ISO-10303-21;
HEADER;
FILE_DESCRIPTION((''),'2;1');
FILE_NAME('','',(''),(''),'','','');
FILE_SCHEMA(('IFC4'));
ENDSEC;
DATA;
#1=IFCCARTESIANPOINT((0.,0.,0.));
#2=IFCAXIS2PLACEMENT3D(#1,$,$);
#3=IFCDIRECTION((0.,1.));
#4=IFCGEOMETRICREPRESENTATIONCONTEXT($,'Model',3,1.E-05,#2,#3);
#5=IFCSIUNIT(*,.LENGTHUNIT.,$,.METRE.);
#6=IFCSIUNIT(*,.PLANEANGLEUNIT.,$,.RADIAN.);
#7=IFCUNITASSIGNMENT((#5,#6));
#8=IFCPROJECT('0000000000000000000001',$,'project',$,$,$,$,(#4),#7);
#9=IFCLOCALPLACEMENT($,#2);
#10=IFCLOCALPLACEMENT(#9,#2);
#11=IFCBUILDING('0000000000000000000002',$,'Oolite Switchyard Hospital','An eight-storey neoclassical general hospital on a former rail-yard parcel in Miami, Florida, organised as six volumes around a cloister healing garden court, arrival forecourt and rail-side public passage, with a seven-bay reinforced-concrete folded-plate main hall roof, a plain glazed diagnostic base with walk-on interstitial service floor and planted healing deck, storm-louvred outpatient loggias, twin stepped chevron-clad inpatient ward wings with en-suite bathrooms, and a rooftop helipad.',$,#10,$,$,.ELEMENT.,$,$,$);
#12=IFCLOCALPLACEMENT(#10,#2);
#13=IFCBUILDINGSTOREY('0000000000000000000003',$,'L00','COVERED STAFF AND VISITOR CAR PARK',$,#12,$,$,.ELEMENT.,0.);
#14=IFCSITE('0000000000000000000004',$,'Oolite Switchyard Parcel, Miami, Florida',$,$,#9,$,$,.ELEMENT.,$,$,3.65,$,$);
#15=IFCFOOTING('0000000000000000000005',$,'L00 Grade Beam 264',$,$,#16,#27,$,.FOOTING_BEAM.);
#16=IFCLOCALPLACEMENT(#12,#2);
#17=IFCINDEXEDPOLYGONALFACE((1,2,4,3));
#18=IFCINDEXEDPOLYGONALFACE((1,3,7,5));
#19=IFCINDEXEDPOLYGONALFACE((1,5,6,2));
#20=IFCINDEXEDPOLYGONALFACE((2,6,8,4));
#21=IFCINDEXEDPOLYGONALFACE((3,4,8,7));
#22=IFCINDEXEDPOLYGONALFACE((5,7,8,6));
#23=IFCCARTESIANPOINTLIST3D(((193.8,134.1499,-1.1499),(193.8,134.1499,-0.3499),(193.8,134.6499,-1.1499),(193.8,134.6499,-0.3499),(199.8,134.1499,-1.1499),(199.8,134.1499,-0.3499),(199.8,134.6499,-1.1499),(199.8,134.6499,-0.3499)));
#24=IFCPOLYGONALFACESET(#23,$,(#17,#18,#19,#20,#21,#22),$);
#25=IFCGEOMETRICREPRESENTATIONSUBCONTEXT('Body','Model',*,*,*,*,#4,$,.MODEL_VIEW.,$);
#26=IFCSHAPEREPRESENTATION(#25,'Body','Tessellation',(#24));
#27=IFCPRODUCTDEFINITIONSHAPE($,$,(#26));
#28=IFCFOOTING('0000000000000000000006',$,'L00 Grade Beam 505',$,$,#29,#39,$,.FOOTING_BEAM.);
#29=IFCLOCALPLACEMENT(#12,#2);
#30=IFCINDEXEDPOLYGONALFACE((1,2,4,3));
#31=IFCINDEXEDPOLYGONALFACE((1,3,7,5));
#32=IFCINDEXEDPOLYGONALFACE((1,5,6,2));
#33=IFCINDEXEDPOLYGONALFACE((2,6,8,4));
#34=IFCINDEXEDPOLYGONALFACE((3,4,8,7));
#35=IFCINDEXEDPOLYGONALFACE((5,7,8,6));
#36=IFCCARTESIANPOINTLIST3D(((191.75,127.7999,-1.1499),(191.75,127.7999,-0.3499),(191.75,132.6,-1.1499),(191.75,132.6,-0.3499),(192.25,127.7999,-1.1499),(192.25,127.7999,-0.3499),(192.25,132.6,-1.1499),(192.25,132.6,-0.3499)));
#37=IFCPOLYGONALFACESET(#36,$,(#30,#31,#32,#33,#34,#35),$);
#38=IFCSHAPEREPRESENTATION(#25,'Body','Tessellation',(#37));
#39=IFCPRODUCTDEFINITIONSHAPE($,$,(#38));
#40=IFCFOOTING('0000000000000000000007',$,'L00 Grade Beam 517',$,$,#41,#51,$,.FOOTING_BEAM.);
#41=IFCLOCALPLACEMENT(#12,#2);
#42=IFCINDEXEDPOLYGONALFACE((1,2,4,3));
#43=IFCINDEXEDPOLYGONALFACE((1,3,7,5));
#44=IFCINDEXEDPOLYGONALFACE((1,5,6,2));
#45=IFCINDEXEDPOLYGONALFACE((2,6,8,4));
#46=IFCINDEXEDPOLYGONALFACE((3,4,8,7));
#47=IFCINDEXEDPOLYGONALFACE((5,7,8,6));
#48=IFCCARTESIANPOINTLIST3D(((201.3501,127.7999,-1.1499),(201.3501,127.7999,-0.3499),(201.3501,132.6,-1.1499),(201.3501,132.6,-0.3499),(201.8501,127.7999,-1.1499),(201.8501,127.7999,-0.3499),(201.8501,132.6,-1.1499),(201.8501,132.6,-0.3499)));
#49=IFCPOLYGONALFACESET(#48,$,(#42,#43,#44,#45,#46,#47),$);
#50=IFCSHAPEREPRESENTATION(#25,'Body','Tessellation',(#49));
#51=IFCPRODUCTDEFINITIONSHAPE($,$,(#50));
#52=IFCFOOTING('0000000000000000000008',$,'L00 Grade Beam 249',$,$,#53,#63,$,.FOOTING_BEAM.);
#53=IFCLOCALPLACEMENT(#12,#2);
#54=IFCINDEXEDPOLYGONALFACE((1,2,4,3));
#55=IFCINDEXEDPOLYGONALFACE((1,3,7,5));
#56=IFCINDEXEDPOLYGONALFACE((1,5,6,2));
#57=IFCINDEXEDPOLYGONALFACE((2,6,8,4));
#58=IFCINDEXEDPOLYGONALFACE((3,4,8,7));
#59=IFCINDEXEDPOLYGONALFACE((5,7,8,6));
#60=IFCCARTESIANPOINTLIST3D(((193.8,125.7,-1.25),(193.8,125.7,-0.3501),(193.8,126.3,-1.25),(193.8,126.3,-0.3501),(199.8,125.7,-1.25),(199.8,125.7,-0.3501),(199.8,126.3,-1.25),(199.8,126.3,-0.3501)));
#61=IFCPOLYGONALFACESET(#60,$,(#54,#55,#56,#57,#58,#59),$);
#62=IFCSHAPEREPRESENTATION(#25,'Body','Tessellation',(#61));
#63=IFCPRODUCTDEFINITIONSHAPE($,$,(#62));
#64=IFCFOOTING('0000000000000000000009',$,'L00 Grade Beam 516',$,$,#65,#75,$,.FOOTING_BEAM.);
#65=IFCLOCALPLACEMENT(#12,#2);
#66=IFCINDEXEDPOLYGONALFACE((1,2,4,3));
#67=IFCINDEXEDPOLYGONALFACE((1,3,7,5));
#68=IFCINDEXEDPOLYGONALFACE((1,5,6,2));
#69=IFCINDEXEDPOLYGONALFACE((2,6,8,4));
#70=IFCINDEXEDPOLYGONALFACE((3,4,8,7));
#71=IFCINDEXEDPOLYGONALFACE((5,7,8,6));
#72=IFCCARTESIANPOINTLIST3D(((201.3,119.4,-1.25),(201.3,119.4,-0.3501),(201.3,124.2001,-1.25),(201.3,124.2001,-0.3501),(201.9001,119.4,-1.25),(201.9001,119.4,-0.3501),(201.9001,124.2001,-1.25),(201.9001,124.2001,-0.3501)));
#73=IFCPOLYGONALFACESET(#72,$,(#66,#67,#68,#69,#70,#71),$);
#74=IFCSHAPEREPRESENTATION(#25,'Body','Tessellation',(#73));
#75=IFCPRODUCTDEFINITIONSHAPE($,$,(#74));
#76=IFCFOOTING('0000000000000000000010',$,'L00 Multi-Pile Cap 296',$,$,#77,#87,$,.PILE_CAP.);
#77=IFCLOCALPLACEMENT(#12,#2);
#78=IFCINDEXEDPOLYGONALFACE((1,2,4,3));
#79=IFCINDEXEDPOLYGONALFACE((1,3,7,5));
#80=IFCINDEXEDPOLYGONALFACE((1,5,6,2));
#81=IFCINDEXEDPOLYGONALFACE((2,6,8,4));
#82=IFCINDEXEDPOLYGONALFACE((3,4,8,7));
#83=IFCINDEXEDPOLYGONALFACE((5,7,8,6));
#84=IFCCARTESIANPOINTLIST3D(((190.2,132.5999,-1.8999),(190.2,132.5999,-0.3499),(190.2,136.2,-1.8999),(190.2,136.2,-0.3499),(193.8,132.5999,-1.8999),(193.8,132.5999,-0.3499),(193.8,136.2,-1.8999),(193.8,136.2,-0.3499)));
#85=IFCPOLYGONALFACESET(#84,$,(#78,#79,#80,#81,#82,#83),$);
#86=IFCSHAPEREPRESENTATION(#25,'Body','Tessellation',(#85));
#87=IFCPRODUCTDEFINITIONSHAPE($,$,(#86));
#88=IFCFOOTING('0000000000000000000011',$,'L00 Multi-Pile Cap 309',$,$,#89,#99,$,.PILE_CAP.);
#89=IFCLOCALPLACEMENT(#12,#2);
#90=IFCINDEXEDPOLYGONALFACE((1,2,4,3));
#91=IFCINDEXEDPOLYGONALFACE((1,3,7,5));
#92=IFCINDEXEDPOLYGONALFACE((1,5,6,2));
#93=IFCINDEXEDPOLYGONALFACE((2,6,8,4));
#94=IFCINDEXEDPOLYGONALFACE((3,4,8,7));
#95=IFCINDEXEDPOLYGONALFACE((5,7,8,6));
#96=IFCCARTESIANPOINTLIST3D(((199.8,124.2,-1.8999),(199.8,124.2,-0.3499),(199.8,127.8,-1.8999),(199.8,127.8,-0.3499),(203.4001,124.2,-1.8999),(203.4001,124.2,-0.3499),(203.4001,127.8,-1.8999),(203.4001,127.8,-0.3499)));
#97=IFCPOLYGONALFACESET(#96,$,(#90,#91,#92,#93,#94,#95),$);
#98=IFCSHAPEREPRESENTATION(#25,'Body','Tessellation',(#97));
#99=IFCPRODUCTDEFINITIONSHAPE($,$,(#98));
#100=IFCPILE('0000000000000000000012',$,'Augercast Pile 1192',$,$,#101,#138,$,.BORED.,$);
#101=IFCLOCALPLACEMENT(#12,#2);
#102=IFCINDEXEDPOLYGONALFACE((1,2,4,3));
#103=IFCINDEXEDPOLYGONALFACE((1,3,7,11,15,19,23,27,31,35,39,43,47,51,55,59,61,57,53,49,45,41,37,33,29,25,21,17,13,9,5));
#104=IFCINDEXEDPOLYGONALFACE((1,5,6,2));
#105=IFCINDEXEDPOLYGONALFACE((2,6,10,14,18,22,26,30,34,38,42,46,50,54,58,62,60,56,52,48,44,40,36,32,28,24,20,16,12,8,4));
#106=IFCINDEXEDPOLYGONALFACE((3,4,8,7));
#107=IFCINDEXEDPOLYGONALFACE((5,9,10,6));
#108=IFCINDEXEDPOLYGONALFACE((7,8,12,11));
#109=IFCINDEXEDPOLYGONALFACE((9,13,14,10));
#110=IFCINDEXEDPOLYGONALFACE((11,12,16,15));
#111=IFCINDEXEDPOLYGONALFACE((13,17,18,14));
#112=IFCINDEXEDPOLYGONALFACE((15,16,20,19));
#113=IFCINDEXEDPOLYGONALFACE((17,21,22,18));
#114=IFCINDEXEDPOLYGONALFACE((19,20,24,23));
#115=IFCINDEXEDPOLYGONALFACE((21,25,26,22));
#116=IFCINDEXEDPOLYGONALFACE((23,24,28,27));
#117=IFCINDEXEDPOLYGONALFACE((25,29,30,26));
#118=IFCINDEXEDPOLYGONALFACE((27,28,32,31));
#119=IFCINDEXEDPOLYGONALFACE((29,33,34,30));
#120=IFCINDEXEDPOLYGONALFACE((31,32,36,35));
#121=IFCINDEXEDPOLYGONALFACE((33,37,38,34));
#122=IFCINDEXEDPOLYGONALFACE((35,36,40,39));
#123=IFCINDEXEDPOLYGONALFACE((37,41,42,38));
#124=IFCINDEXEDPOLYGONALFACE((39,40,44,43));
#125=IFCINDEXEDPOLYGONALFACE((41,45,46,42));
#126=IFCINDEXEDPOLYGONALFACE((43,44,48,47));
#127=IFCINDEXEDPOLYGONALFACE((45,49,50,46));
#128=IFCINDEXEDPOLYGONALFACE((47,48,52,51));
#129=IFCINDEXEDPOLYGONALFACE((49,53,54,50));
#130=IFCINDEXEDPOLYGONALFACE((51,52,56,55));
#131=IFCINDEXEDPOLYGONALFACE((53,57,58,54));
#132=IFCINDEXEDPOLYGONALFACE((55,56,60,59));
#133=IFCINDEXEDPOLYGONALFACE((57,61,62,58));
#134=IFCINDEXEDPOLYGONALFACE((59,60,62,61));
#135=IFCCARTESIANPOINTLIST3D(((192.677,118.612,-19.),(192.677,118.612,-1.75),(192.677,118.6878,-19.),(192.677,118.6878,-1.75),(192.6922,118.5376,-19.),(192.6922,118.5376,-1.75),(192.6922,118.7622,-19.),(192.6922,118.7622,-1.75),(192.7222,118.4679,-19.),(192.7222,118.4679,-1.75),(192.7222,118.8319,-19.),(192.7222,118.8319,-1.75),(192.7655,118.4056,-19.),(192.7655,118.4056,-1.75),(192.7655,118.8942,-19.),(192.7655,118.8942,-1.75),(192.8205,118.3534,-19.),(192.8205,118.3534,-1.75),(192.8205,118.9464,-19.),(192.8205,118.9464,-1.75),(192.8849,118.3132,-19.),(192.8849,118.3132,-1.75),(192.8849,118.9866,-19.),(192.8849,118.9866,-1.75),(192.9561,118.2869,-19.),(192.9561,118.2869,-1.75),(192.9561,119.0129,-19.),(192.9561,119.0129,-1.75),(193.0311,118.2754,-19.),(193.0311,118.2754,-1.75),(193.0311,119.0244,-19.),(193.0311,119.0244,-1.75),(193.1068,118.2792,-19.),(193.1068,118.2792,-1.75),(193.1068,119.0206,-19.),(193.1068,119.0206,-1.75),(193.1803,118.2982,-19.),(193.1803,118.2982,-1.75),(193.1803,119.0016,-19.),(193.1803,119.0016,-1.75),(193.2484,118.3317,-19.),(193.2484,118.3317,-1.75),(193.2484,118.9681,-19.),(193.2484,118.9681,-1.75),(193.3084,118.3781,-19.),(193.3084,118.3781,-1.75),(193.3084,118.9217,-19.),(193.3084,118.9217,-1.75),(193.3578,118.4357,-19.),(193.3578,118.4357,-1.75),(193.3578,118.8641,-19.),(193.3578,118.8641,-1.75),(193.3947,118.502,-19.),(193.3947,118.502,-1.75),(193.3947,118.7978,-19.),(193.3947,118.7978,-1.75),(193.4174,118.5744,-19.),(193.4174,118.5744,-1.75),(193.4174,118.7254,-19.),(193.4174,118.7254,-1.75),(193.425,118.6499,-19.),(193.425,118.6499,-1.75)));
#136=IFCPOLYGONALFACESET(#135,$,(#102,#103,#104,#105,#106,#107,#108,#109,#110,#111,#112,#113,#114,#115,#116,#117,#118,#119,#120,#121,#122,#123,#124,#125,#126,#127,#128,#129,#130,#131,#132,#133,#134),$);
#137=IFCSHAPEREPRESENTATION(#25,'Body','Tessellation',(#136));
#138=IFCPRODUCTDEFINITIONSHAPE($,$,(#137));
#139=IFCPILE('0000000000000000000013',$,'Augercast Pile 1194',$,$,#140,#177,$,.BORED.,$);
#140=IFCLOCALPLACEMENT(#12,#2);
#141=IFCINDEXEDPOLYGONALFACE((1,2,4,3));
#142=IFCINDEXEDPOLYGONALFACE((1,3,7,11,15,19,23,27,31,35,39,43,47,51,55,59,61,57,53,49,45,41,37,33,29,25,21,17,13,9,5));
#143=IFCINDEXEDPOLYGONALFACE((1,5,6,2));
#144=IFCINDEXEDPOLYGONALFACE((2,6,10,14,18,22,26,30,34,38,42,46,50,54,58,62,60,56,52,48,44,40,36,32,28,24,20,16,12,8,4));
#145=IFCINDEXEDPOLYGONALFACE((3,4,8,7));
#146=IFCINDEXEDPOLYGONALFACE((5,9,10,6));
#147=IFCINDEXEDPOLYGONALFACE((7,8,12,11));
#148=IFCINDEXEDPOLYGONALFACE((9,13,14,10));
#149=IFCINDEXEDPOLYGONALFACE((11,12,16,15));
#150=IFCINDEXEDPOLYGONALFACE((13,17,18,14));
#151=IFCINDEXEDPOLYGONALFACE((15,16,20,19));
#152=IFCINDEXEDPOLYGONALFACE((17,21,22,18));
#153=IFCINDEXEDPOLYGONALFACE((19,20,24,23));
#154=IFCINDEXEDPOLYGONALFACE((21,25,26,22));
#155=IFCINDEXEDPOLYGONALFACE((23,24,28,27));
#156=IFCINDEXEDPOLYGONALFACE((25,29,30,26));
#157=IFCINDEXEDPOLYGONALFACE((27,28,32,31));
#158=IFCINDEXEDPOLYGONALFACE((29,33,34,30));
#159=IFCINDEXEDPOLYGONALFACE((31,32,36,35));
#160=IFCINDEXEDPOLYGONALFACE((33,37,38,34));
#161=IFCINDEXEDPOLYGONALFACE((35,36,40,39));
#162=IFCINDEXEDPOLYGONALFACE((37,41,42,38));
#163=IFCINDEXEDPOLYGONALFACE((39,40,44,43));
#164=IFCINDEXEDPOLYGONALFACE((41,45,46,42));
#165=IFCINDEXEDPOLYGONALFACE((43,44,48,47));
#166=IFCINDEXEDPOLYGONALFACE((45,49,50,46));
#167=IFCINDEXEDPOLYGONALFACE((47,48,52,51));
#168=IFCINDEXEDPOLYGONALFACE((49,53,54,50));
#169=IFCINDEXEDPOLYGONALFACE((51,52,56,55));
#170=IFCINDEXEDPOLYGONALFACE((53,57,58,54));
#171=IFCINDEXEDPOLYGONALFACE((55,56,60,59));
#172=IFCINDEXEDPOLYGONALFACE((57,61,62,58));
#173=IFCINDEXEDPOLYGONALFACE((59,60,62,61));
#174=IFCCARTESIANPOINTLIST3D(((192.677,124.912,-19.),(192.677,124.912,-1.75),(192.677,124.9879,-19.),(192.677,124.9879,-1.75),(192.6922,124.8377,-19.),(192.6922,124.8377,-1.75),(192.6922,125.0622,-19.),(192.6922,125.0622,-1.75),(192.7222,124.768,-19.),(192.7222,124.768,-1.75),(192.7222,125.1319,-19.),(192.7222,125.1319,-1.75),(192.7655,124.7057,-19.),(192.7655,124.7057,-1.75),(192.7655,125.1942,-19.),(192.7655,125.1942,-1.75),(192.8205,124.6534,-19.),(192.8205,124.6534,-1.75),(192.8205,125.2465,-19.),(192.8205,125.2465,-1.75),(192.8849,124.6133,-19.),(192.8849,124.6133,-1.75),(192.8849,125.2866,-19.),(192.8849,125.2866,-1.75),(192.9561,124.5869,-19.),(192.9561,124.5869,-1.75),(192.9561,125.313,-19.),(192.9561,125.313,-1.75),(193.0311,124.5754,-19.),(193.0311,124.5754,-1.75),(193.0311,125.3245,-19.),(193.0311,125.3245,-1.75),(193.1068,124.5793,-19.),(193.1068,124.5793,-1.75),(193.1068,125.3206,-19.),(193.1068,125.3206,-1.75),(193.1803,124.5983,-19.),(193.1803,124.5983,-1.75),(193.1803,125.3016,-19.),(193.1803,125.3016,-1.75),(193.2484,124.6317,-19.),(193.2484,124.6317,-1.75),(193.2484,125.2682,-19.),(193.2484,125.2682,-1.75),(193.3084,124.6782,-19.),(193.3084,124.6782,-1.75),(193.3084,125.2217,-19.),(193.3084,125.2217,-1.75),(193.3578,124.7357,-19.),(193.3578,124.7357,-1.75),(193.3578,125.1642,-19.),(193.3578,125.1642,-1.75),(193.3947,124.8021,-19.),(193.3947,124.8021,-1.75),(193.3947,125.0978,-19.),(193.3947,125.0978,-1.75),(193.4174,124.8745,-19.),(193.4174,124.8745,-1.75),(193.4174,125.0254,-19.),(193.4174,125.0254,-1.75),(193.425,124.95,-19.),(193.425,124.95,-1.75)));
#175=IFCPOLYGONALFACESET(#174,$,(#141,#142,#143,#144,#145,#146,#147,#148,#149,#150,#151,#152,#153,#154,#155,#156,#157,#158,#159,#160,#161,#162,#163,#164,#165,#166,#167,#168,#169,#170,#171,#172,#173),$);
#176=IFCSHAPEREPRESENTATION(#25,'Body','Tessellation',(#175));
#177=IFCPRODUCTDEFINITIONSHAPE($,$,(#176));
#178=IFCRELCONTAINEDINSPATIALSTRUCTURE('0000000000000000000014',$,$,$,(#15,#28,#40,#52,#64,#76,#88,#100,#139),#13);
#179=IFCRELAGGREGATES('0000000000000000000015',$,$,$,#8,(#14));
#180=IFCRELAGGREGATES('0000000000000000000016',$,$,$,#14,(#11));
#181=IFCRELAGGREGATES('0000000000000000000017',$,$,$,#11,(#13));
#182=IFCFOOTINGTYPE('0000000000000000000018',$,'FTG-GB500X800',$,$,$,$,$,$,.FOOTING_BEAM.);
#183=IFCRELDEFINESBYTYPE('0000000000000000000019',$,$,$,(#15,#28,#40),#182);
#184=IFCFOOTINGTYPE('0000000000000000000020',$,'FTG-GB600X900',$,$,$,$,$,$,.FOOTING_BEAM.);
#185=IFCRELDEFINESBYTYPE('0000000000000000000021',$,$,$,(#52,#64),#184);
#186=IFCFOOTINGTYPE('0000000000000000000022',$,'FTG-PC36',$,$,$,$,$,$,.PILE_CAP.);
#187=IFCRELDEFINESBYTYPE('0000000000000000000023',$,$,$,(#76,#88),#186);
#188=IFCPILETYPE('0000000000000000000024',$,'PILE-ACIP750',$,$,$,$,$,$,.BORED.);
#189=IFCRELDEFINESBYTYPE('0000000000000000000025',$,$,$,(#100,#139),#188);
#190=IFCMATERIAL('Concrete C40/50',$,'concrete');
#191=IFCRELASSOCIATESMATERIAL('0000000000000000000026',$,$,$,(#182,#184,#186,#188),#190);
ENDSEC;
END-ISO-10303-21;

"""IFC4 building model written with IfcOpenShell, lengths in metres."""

from ifc_helpers import new_model, si_unit, direction, frame, origin, origin_2d, place, context, subcontext, project, spatial, rectangle, circle, extrude, material, material_profile, profile_set, type_object, element, save


model = new_model("IFC4")

# Units and contexts
model_context = context("Model", 3, precision=1e-05, world=origin(), true_north=direction((0.0, 1.0)))
body_context = subcontext(model_context, "Body", "Model", "MODEL_VIEW")
ifc_project = project(units=[si_unit("LENGTHUNIT", "METRE"), si_unit("PLANEANGLEUNIT", "RADIAN")], contexts=[model_context])

# Site, building, storey
site_placement = place(None, origin())
site = spatial("IfcSite", under=ifc_project, at=site_placement, Name="Oolite Switchyard Parcel, Miami, Florida", CompositionType="ELEMENT", RefElevation=3.65)
building_placement = place(site_placement, origin())
building = spatial("IfcBuilding", under=site, at=building_placement, Name="Oolite Switchyard Hospital", Description="An eight-storey neoclassical general hospital on a former rail-yard parcel in Miami, Florida, organised as six volumes around a cloister healing garden court, arrival forecourt and rail-side public passage, with a seven-bay reinforced-concrete folded-plate main hall roof, a plain glazed diagnostic base with walk-on interstitial service floor and planted healing deck, storm-louvred outpatient loggias, twin stepped chevron-clad inpatient ward wings with en-suite bathrooms, and a rooftop helipad.", CompositionType="ELEMENT")
storey_placement = place(building_placement, origin())
storey = spatial("IfcBuildingStorey", under=building, at=storey_placement, Name="L00", Description="COVERED STAFF AND VISITOR CAR PARK", CompositionType="ELEMENT", Elevation=0.0)

# Footings
ifc_material_1 = material(Name="Concrete C40/50", Category="concrete")
footing_type_1 = type_object("IfcFootingType", Name="FTG-GB500X800", PredefinedType="FOOTING_BEAM", material=ifc_material_1)
footing_1_placement = place(storey_placement, frame((196.8, 134.3999, -1.1499), z_axis=(0.0, 0.0, 1.0), x_axis=(1.0, 0.0, 0.0)))
element("IfcFooting", 1, at=footing_1_placement, inside=storey, type_object=footing_type_1, Name="L00 Grade Beam 264", PredefinedType="FOOTING_BEAM", context=body_context, shape_type="SweptSolid", body=[
    extrude(rectangle(XDim=6.0, YDim=0.5, at=origin_2d()), origin(), (0.0, 0.0, 1.0), 0.8),
])
for number, where, z_axis, x_axis, name in (
    (2, (192.0, 130.2, -1.1499), (0.0, 0.0, 1.0), (0.0, 1.0, 0.0), "L00 Grade Beam 505"),
    (3, (201.6001, 130.2, -1.1499), (0.0, 0.0, 1.0), (0.0, 1.0, 0.0), "L00 Grade Beam 517"),
):
    element("IfcFooting", number, at=place(storey_placement, frame(where, z_axis=z_axis, x_axis=x_axis)), inside=storey, type_object=footing_type_1, Name=name, PredefinedType="FOOTING_BEAM", context=body_context, shape_type="SweptSolid", body=[
        extrude(rectangle(XDim=4.8, YDim=0.5, at=origin_2d()), origin(), (0.0, 0.0, 1.0), 0.8),
    ])
footing_type_2 = type_object("IfcFootingType", Name="FTG-GB600X900", PredefinedType="FOOTING_BEAM", material=ifc_material_1)
footing_2_placement = place(storey_placement, frame((196.8, 126.0, -1.25), z_axis=(0.0, 0.0, 1.0), x_axis=(1.0, 0.0, 0.0)))
element("IfcFooting", 4, at=footing_2_placement, inside=storey, type_object=footing_type_2, Name="L00 Grade Beam 249", PredefinedType="FOOTING_BEAM", context=body_context, shape_type="SweptSolid", body=[
    extrude(rectangle(XDim=6.0, YDim=0.6001, at=origin_2d()), origin(), (0.0, 0.0, 1.0), 0.8999),
])
footing_3_placement = place(storey_placement, frame((201.6001, 121.8, -1.25), z_axis=(0.0, 0.0, 1.0), x_axis=(0.0, 1.0, 0.0)))
element("IfcFooting", 5, at=footing_3_placement, inside=storey, type_object=footing_type_2, Name="L00 Grade Beam 516", PredefinedType="FOOTING_BEAM", context=body_context, shape_type="SweptSolid", body=[
    extrude(rectangle(XDim=4.8, YDim=0.6001, at=origin_2d()), origin(), (0.0, 0.0, 1.0), 0.8999),
])
footing_type_3 = type_object("IfcFootingType", Name="FTG-PC36", PredefinedType="PILE_CAP", material=ifc_material_1)
for number, where, z_axis, x_axis, name in (
    (6, (192.0, 134.3999, -1.8999), (0.0, 0.0, 1.0), (1.0, 0.0, 0.0), "L00 Multi-Pile Cap 296"),
    (7, (201.6001, 126.0, -1.8999), (0.0, 0.0, 1.0), (1.0, 0.0, 0.0), "L00 Multi-Pile Cap 309"),
):
    element("IfcFooting", number, at=place(storey_placement, frame(where, z_axis=z_axis, x_axis=x_axis)), inside=storey, type_object=footing_type_3, Name=name, PredefinedType="PILE_CAP", context=body_context, shape_type="SweptSolid", body=[
        extrude(rectangle(XDim=3.6001, YDim=3.6001, at=origin_2d()), origin(), (0.0, 0.0, 1.0), 1.55),
    ])

# Piles
ifc_material_profile_1 = material_profile(ifc_material_1, circle(Radius=0.375, at=origin_2d()), Name="PILE750")
ifc_profile_set_1 = profile_set([ifc_material_profile_1], Name="Concrete C40/50")
pile_type = type_object("IfcPileType", Name="PILE-ACIP750", PredefinedType="BORED", material=ifc_profile_set_1)
for number, where, z_axis, x_axis, name in (
    (8, (193.05, 118.6499, -1.75), (0.0, 0.0, -1.0), (1.0, 0.0, 0.0), "Augercast Pile 1192"),
    (9, (193.05, 124.95, -1.75), (0.0, 0.0, -1.0), (1.0, 0.0, 0.0), "Augercast Pile 1194"),
):
    element("IfcPile", number, at=place(storey_placement, frame(where, z_axis=z_axis, x_axis=x_axis)), inside=storey, type_object=pile_type, Name=name, PredefinedType="BORED", context=body_context, shape_type="SweptSolid", body=[
        extrude(circle(Radius=0.375, at=origin_2d()), origin(), (0.0, 0.0, 1.0), 17.25),
    ])

save(model, "model.ifc")
